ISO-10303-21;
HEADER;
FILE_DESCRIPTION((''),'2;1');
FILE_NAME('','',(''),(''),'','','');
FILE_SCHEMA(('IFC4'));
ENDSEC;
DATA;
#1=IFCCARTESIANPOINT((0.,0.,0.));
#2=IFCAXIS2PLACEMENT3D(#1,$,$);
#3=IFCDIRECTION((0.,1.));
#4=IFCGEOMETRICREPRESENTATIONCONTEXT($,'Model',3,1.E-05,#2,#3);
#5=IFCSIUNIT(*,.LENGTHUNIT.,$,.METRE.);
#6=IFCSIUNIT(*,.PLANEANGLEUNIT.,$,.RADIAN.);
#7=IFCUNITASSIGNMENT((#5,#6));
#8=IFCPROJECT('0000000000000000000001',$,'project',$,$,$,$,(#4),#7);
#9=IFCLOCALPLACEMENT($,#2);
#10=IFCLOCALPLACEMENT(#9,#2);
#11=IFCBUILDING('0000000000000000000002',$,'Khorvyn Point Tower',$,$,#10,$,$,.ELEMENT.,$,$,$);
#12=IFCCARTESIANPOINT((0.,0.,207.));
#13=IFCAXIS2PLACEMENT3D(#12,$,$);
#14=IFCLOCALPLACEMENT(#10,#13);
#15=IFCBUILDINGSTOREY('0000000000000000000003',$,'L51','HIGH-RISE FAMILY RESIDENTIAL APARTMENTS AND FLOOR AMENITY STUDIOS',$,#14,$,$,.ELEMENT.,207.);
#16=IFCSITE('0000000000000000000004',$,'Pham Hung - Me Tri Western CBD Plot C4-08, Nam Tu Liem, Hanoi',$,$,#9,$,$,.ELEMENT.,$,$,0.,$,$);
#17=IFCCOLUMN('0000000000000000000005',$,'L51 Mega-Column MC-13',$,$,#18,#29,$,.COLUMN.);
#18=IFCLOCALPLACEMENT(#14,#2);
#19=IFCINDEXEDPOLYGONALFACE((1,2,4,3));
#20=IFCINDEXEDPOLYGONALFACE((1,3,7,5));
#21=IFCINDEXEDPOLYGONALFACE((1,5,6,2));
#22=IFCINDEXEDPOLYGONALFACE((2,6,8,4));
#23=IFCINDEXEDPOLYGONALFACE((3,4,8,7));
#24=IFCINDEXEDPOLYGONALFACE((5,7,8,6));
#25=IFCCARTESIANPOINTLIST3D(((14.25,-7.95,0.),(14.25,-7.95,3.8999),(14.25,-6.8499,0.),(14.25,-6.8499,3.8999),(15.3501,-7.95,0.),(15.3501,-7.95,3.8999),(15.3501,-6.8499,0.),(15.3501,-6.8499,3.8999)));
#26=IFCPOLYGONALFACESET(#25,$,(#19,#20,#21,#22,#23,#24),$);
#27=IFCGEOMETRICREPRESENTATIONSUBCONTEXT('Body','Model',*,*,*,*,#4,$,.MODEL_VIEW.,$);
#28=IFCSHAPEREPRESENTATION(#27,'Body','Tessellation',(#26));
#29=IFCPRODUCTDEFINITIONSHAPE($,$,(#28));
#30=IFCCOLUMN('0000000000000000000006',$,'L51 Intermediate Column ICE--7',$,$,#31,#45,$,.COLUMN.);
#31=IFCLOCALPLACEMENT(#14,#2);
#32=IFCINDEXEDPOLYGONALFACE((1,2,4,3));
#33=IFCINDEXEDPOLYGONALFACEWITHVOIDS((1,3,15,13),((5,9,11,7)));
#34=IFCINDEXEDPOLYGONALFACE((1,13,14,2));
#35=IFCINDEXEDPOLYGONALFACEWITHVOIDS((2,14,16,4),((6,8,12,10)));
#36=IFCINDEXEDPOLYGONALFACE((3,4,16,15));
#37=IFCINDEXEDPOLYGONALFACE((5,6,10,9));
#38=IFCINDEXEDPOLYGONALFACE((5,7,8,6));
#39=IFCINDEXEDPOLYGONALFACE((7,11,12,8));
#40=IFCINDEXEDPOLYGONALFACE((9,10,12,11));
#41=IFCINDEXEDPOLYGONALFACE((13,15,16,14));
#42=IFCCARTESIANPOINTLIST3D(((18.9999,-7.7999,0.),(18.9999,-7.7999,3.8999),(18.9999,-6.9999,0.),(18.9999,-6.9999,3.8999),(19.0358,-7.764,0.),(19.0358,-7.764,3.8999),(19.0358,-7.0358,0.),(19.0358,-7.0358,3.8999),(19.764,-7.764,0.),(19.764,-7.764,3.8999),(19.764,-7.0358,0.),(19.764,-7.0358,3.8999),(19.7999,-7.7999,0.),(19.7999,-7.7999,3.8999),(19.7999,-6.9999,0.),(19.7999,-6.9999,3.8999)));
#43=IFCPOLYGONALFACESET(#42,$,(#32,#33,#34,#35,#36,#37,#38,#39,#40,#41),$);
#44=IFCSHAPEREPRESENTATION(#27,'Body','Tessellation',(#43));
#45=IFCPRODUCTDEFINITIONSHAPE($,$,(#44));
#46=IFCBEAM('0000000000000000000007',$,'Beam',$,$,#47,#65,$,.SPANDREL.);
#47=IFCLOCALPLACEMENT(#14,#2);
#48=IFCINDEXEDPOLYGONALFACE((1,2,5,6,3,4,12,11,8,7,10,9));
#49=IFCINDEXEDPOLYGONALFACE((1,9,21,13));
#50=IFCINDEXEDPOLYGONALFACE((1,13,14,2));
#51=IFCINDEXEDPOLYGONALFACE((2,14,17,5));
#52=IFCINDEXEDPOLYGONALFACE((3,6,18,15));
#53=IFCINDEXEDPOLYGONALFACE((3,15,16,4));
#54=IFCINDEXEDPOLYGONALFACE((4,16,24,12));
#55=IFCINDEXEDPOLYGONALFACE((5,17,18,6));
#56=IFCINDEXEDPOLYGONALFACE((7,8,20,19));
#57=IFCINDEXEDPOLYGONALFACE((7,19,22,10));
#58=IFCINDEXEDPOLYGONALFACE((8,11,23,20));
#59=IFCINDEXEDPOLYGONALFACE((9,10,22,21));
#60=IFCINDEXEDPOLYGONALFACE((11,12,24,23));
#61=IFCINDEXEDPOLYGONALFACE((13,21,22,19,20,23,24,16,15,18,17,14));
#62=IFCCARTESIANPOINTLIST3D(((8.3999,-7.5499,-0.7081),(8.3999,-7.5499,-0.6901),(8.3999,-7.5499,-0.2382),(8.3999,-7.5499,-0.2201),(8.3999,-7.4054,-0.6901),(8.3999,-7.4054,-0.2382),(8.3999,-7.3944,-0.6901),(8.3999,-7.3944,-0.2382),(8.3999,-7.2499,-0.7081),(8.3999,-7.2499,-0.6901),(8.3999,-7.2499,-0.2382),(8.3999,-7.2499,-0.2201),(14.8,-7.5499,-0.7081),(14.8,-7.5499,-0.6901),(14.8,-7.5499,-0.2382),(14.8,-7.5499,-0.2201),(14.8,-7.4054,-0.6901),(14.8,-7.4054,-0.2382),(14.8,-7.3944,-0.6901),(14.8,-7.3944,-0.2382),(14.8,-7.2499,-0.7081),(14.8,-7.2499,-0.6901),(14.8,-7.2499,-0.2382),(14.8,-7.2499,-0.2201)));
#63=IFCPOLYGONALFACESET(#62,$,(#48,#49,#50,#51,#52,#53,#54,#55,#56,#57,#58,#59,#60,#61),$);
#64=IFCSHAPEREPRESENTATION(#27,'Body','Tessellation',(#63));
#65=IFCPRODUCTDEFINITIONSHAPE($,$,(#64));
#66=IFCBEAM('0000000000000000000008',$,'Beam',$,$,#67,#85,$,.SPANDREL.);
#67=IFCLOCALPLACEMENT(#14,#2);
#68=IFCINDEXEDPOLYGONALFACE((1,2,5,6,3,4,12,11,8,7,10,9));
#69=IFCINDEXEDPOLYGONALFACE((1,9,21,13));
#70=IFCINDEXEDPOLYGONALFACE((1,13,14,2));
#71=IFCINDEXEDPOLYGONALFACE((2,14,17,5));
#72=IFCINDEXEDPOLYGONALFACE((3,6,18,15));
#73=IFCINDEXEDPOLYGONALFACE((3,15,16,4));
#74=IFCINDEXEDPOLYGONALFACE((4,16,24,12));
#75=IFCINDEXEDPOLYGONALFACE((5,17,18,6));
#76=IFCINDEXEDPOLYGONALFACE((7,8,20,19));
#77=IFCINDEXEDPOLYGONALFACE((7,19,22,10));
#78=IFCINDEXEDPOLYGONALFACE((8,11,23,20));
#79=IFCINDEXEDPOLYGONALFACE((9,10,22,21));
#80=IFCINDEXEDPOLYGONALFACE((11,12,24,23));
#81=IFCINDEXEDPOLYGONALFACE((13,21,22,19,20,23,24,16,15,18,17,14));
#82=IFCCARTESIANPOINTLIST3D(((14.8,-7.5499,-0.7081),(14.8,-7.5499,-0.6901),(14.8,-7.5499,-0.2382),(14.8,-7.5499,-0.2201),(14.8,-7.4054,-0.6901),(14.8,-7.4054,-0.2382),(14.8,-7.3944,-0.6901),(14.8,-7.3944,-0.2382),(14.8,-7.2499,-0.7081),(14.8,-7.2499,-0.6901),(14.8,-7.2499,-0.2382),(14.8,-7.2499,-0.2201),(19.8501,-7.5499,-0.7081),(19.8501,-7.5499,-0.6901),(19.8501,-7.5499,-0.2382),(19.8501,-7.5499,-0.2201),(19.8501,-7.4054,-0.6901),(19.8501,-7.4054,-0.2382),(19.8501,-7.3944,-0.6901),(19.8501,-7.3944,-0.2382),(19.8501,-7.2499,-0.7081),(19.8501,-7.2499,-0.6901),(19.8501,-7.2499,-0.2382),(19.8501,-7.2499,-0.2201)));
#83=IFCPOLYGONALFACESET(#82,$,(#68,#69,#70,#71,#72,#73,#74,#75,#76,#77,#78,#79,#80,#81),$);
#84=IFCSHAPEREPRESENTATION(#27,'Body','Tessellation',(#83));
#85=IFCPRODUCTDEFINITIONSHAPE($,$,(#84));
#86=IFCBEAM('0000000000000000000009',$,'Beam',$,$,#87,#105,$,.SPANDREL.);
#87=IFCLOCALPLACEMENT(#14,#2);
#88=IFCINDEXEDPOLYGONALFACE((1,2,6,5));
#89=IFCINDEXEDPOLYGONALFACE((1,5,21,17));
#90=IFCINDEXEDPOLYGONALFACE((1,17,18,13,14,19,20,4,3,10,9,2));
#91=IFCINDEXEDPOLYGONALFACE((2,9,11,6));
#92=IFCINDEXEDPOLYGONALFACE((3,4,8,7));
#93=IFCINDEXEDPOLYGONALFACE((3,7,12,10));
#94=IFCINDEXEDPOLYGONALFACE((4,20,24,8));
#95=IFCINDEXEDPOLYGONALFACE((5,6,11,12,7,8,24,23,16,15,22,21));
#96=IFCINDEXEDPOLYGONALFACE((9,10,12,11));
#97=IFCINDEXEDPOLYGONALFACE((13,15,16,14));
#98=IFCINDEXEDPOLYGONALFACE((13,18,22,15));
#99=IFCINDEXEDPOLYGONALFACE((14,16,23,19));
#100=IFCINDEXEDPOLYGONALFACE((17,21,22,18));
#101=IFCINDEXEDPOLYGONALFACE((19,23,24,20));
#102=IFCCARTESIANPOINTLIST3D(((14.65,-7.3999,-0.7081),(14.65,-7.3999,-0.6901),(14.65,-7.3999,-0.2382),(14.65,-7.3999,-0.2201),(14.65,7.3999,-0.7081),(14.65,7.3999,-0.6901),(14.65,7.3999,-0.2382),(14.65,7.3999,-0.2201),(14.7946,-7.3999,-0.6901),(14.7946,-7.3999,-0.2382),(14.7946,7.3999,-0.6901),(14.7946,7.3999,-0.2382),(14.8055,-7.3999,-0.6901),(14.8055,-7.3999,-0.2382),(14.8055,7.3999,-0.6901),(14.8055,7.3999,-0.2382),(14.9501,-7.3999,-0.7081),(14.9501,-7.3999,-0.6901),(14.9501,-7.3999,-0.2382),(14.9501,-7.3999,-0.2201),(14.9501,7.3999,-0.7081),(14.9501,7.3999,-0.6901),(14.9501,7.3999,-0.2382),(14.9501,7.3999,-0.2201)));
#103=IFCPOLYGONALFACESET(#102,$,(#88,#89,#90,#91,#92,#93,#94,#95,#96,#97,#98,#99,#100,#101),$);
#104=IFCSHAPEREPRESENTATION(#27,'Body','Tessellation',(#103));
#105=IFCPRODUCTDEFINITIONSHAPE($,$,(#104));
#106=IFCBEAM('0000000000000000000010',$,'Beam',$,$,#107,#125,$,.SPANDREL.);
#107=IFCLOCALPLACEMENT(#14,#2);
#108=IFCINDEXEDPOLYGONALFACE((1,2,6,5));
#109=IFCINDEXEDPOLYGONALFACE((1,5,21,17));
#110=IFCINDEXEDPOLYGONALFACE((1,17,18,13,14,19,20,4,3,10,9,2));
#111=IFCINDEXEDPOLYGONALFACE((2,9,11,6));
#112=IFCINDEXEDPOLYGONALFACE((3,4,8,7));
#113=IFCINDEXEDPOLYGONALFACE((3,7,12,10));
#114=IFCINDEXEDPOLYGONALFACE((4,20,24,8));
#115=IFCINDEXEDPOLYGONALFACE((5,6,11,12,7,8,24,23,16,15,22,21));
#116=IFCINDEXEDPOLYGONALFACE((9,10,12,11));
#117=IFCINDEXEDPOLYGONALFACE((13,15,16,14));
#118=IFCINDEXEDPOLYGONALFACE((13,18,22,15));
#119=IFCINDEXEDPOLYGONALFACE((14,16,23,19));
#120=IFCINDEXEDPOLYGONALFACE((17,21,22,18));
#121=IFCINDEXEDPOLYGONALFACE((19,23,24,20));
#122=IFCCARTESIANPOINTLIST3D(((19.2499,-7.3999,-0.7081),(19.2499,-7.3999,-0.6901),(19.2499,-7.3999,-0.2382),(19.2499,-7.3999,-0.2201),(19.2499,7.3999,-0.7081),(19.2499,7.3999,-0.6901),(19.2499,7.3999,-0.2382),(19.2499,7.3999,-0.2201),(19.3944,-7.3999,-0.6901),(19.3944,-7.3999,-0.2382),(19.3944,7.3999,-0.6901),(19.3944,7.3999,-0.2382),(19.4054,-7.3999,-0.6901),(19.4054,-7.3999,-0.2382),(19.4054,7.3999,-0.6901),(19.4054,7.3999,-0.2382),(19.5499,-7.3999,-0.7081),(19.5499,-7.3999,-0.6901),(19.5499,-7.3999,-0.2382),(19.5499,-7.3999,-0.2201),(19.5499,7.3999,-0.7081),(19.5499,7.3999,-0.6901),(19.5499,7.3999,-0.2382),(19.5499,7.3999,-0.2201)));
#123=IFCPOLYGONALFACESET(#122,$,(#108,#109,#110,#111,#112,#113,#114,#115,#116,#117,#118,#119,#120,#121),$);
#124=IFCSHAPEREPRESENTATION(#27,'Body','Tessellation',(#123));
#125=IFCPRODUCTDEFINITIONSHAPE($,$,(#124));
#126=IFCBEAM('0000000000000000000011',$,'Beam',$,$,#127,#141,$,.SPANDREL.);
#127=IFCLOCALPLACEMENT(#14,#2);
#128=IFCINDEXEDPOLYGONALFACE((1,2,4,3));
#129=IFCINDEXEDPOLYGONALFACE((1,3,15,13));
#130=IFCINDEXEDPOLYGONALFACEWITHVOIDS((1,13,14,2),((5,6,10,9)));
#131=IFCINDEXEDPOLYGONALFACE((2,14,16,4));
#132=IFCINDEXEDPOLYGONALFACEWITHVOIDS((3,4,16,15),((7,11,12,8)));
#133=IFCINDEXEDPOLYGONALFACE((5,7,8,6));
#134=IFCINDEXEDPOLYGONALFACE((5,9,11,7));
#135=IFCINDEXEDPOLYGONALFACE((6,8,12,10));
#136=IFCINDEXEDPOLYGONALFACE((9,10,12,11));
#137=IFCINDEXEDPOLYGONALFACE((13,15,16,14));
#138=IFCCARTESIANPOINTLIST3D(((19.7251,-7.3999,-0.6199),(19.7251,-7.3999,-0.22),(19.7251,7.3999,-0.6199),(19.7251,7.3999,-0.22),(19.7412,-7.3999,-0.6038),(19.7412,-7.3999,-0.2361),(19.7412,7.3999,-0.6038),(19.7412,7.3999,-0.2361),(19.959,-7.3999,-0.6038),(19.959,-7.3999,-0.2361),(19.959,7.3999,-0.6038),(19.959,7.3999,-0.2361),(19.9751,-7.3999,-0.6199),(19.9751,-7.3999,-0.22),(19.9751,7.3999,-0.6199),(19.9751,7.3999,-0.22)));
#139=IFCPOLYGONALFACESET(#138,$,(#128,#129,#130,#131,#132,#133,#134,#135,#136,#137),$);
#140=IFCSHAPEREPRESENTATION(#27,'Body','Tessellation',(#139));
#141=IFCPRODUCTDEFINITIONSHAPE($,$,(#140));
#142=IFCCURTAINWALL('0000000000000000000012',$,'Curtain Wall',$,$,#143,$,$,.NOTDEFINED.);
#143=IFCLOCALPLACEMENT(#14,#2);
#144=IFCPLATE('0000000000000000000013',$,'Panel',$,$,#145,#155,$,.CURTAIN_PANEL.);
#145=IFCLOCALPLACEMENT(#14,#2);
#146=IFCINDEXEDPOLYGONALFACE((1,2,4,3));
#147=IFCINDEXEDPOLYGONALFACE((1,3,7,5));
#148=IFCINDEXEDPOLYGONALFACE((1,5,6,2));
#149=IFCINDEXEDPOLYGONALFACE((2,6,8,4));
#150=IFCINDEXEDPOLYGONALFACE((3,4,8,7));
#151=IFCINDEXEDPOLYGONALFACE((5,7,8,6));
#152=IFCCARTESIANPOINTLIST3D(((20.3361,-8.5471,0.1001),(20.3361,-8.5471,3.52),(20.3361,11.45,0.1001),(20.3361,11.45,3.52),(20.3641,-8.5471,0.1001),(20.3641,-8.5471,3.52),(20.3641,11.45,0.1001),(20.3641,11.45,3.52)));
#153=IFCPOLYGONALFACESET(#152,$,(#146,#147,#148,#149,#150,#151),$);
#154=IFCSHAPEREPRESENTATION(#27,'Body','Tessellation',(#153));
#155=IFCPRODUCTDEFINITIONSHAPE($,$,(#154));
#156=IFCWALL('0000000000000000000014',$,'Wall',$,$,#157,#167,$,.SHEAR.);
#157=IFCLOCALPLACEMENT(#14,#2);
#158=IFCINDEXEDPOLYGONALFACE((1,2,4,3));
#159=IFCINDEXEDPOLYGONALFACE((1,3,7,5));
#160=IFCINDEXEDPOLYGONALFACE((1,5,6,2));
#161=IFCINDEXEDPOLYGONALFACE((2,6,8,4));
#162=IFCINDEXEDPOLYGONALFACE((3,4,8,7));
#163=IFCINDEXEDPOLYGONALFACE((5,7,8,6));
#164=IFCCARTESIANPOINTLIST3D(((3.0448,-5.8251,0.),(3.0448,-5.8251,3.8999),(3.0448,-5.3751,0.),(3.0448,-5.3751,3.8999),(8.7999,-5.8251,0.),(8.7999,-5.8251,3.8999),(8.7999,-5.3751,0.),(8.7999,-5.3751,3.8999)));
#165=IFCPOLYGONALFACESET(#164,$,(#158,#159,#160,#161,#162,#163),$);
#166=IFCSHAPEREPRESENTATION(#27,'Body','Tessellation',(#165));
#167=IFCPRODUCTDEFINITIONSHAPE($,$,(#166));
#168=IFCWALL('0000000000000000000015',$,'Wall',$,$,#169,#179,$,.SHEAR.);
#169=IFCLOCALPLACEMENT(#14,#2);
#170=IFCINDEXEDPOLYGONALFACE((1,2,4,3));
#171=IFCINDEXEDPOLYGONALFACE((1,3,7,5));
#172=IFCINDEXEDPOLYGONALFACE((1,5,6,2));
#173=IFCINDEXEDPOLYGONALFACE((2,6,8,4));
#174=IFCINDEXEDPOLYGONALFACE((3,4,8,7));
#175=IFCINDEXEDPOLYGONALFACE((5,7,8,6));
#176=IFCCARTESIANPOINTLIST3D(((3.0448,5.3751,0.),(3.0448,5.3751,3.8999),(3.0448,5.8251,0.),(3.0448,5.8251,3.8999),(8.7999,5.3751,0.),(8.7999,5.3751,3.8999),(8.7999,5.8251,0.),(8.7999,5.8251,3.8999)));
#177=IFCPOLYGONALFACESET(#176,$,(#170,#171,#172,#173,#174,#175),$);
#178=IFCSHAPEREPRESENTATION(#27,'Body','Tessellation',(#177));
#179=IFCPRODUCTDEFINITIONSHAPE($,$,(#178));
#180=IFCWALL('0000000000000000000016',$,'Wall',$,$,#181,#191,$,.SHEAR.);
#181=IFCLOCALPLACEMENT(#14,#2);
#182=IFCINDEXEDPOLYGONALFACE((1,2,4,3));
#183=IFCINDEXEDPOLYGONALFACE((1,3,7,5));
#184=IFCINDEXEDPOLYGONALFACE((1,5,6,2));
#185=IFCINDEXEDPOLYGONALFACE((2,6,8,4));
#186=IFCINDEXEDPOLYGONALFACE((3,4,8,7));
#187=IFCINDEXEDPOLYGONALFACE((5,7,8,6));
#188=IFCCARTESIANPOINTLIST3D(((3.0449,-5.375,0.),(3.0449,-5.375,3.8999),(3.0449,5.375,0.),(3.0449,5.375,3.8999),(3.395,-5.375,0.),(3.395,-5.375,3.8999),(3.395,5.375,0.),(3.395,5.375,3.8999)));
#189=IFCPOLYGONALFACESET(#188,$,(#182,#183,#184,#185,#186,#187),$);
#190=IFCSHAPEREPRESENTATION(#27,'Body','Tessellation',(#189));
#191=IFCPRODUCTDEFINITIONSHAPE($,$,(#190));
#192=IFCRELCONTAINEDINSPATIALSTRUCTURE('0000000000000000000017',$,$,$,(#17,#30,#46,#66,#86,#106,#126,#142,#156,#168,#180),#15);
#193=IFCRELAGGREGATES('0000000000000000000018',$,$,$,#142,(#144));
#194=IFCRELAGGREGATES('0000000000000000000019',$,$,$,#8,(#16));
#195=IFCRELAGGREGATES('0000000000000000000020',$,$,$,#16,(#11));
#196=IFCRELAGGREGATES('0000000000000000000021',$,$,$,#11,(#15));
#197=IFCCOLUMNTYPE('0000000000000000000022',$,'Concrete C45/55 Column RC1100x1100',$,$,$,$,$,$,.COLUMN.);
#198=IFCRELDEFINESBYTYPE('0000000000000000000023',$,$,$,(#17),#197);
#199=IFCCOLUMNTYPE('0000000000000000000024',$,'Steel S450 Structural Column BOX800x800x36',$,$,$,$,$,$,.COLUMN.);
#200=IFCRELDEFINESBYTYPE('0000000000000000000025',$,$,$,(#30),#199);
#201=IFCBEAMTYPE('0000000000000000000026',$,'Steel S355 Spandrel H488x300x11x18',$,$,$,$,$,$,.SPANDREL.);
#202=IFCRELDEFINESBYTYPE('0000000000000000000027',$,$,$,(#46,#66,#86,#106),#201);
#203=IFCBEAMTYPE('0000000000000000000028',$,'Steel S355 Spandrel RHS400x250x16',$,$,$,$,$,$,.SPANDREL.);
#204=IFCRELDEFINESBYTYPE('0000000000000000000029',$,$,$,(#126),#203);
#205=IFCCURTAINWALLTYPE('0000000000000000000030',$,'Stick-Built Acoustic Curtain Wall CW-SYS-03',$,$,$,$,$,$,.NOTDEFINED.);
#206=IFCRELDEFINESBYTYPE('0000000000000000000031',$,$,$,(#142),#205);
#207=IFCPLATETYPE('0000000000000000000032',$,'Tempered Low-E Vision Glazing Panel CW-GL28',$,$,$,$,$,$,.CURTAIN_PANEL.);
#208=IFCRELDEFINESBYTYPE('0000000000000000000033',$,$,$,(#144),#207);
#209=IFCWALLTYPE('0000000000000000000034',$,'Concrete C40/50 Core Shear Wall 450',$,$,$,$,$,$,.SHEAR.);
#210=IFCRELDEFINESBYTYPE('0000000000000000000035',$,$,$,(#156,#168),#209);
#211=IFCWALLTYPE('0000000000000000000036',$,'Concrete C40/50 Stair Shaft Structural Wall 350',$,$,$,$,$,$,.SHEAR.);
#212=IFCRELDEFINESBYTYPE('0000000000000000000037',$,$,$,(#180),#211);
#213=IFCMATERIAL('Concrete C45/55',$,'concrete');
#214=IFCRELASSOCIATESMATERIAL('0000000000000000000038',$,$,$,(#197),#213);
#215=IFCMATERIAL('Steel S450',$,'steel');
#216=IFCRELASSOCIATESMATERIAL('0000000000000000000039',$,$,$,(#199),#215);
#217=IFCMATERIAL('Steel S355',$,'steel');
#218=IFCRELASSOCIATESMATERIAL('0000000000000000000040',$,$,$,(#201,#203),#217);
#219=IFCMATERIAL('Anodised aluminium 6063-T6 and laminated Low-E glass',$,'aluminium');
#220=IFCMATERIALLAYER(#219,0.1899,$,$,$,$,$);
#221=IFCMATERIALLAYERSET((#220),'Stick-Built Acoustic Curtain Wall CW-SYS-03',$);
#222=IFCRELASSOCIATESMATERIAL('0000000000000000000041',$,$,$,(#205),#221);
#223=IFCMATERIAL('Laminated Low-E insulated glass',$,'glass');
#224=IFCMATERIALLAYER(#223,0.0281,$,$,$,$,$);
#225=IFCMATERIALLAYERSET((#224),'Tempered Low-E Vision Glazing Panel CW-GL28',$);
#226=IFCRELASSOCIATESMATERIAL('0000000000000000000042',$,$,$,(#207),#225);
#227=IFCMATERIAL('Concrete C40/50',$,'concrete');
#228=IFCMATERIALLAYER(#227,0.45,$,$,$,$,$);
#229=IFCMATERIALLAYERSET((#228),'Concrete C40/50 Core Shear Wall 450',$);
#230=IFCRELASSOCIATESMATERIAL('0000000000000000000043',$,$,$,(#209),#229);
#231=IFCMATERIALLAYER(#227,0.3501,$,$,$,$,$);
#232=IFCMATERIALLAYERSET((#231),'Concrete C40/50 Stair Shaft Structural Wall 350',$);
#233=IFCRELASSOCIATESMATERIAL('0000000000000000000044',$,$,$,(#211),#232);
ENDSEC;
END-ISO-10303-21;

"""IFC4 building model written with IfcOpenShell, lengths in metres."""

from ifc_helpers import new_model, si_unit, direction, frame, frame_2d, origin, origin_2d, place, context, subcontext, project, spatial, rectangle, hollow_rectangle, i_section, extrude, material, layer, layer_set, material_profile, profile_set, type_object, element, aggregate, save


model = new_model("IFC4")

# Units and contexts
model_context = context("Model", 3, precision=1e-05, world=origin(), true_north=direction((0.0, 1.0)))
body_context = subcontext(model_context, "Body", "Model", "MODEL_VIEW")
ifc_project = project(units=[si_unit("LENGTHUNIT", "METRE"), si_unit("PLANEANGLEUNIT", "RADIAN")], contexts=[model_context])

# Site, building, storey
site_placement = place(None, origin())
site = spatial("IfcSite", under=ifc_project, at=site_placement, Name="Pham Hung - Me Tri Western CBD Plot C4-08, Nam Tu Liem, Hanoi", CompositionType="ELEMENT", RefElevation=0.0)
building_placement = place(site_placement, origin())
building = spatial("IfcBuilding", under=site, at=building_placement, Name="Khorvyn Point Tower", CompositionType="ELEMENT")
storey_placement = place(building_placement, frame((0.0, 0.0, 207.0)))
storey = spatial("IfcBuildingStorey", under=building, at=storey_placement, Name="L51", Description="HIGH-RISE FAMILY RESIDENTIAL APARTMENTS AND FLOOR AMENITY STUDIOS", CompositionType="ELEMENT", Elevation=207.0)

# Columns
ifc_material_1 = material(Name="Concrete C45/55", Category="concrete")
ifc_material_profile_1 = material_profile(ifc_material_1, rectangle(XDim=1.1001, YDim=1.1001, at=origin_2d()))
ifc_profile_set_1 = profile_set([ifc_material_profile_1], Name="Concrete C45/55 RC1100x1100")
column_type_1 = type_object("IfcColumnType", Name="Concrete C45/55 Column RC1100x1100", PredefinedType="COLUMN", material=ifc_profile_set_1)
column_1_placement = place(storey_placement, frame((14.8, -7.3999, 0.0), z_axis=(0.0, 0.0, 1.0), x_axis=(1.0, 0.0, 0.0)))
element("IfcColumn", 1, at=column_1_placement, inside=storey, type_object=column_type_1, Name="L51 Mega-Column MC-13", PredefinedType="COLUMN", context=body_context, shape_type="SweptSolid", body=[
    extrude(rectangle(XDim=1.1001, YDim=1.1001, at=origin_2d()), origin(), (0.0, 0.0, 1.0), 3.8999),
])
ifc_material_2 = material(Name="Steel S450", Category="steel")
ifc_material_profile_2 = material_profile(ifc_material_2, hollow_rectangle(XDim=0.8, YDim=0.8, WallThickness=0.0359, at=origin_2d()))
ifc_profile_set_2 = profile_set([ifc_material_profile_2], Name="Steel S450 BOX800x800x36")
column_type_2 = type_object("IfcColumnType", Name="Steel S450 Structural Column BOX800x800x36", PredefinedType="COLUMN", material=ifc_profile_set_2)
column_2_placement = place(storey_placement, frame((19.3999, -7.3999, 0.0), z_axis=(0.0, 0.0, 1.0), x_axis=(1.0, 0.0, 0.0)))
element("IfcColumn", 2, at=column_2_placement, inside=storey, type_object=column_type_2, Name="L51 Intermediate Column ICE--7", PredefinedType="COLUMN", context=body_context, shape_type="SweptSolid", body=[
    extrude(hollow_rectangle(XDim=0.8, YDim=0.8, WallThickness=0.0359, at=origin_2d()), origin(), (0.0, 0.0, 1.0), 3.8999),
])

# Beams
ifc_material_3 = material(Name="Steel S355", Category="steel")
ifc_material_profile_3 = material_profile(ifc_material_3, i_section(OverallWidth=0.3, OverallDepth=0.488, WebThickness=0.011, FlangeThickness=0.0181, at=origin_2d()))
ifc_profile_set_3 = profile_set([ifc_material_profile_3], Name="Steel S355 H488x300x11x18")
beam_type_1 = type_object("IfcBeamType", Name="Steel S355 Spandrel H488x300x11x18", PredefinedType="SPANDREL", material=ifc_profile_set_3)
beam_1_placement = place(storey_placement, frame((8.3999, -7.3999, -0.4641), z_axis=(1.0, 0.0, 0.0), x_axis=(0.0, 1.0, 0.0)))
element("IfcBeam", 3, at=beam_1_placement, inside=storey, type_object=beam_type_1, Name="Beam", PredefinedType="SPANDREL", context=body_context, shape_type="SweptSolid", body=[
    extrude(i_section(OverallWidth=0.3, OverallDepth=0.488, WebThickness=0.011, FlangeThickness=0.0181, at=origin_2d()), origin(), (0.0, 0.0, 1.0), 6.4001),
])
beam_2_placement = place(storey_placement, frame((14.8, -7.3999, -0.4641), z_axis=(1.0, 0.0, 0.0), x_axis=(0.0, 1.0, 0.0)))
element("IfcBeam", 4, at=beam_2_placement, inside=storey, type_object=beam_type_1, Name="Beam", PredefinedType="SPANDREL", context=body_context, shape_type="SweptSolid", body=[
    extrude(i_section(OverallWidth=0.3, OverallDepth=0.488, WebThickness=0.011, FlangeThickness=0.0181, at=origin_2d()), origin(), (0.0, 0.0, 1.0), 5.05),
])
for number, where, z_axis, x_axis, name in (
    (5, (14.8, -7.3999, -0.4641), (0.0, 1.0, 0.0), (-1.0, 0.0, 0.0), "Beam"),
    (6, (19.3999, -7.3999, -0.4641), (0.0, 1.0, 0.0), (-1.0, 0.0, 0.0), "Beam"),
):
    element("IfcBeam", number, at=place(storey_placement, frame(where, z_axis=z_axis, x_axis=x_axis)), inside=storey, type_object=beam_type_1, Name=name, PredefinedType="SPANDREL", context=body_context, shape_type="SweptSolid", body=[
        extrude(i_section(OverallWidth=0.3, OverallDepth=0.488, WebThickness=0.011, FlangeThickness=0.0181, at=origin_2d()), origin(), (0.0, 0.0, 1.0), 14.7998),
    ])
ifc_material_profile_4 = material_profile(ifc_material_3, hollow_rectangle(XDim=0.25, YDim=0.3999, WallThickness=0.0161, at=origin_2d()))
ifc_profile_set_4 = profile_set([ifc_material_profile_4], Name="Steel S355 RHS400x250x16")
beam_type_2 = type_object("IfcBeamType", Name="Steel S355 Spandrel RHS400x250x16", PredefinedType="SPANDREL", material=ifc_profile_set_4)
beam_3_placement = place(storey_placement, frame((19.8501, -7.3999, -0.4199), z_axis=(0.0, 1.0, 0.0), x_axis=(-1.0, 0.0, 0.0)))
element("IfcBeam", 7, at=beam_3_placement, inside=storey, type_object=beam_type_2, Name="Beam", PredefinedType="SPANDREL", context=body_context, shape_type="SweptSolid", body=[
    extrude(hollow_rectangle(XDim=0.25, YDim=0.3999, WallThickness=0.0161, at=origin_2d()), origin(), (0.0, 0.0, 1.0), 14.7998),
])

# Curtain wall, plate
ifc_material_4 = material(Name="Anodised aluminium 6063-T6 and laminated Low-E glass", Category="aluminium")
ifc_layer_1 = layer(ifc_material_4, 0.1899)
ifc_layer_set_1 = layer_set([ifc_layer_1], Name="Stick-Built Acoustic Curtain Wall CW-SYS-03")
curtain_wall_type = type_object("IfcCurtainWallType", Name="Stick-Built Acoustic Curtain Wall CW-SYS-03", PredefinedType="NOTDEFINED", material=ifc_layer_set_1)
curtain_wall_placement = place(storey_placement, origin())
curtain_wall = element("IfcCurtainWall", 8, at=curtain_wall_placement, inside=storey, type_object=curtain_wall_type, Name="Curtain Wall", PredefinedType="NOTDEFINED")
ifc_material_5 = material(Name="Laminated Low-E insulated glass", Category="glass")
ifc_layer_2 = layer(ifc_material_5, 0.0281)
ifc_layer_set_2 = layer_set([ifc_layer_2], Name="Tempered Low-E Vision Glazing Panel CW-GL28")
plate_type = type_object("IfcPlateType", Name="Tempered Low-E Vision Glazing Panel CW-GL28", PredefinedType="CURTAIN_PANEL", material=ifc_layer_set_2)
plate_placement = place(storey_placement, frame((20.3501, 1.4514, 0.1001), z_axis=(0.0, 0.0, 1.0), x_axis=(0.0, -1.0, 0.0)))
plate = element("IfcPlate", 9, at=plate_placement, type_object=plate_type, Name="Panel", PredefinedType="CURTAIN_PANEL", context=body_context, shape_type="SweptSolid", body=[
    extrude(rectangle(XDim=19.9971, YDim=0.0281, at=origin_2d()), origin(), (0.0, 0.0, 1.0), 3.4199),
])
aggregate(curtain_wall, [plate])

# Walls
ifc_material_6 = material(Name="Concrete C40/50", Category="concrete")
ifc_layer_3 = layer(ifc_material_6, 0.45)
ifc_layer_set_3 = layer_set([ifc_layer_3], Name="Concrete C40/50 Core Shear Wall 450")
wall_type_1 = type_object("IfcWallType", Name="Concrete C40/50 Core Shear Wall 450", PredefinedType="SHEAR", material=ifc_layer_set_3)
for number, where, z_axis, x_axis, name in (
    (10, (3.0449, -5.6001, 0.0), (0.0, 0.0, 1.0), (1.0, 0.0, 0.0), "Wall"),
    (11, (3.0449, 5.6001, 0.0), (0.0, 0.0, 1.0), (1.0, 0.0, 0.0), "Wall"),
):
    element("IfcWall", number, at=place(storey_placement, frame(where, z_axis=z_axis, x_axis=x_axis)), inside=storey, type_object=wall_type_1, Name=name, PredefinedType="SHEAR", context=body_context, shape_type="SweptSolid", body=[
        extrude(rectangle(XDim=5.7551, YDim=0.45, at=frame_2d((2.8774, 0.0))), origin(), (0.0, 0.0, 1.0), 3.8999),
    ])
ifc_layer_4 = layer(ifc_material_6, 0.3501)
ifc_layer_set_4 = layer_set([ifc_layer_4], Name="Concrete C40/50 Stair Shaft Structural Wall 350")
wall_type_2 = type_object("IfcWallType", Name="Concrete C40/50 Stair Shaft Structural Wall 350", PredefinedType="SHEAR", material=ifc_layer_set_4)
wall_1_placement = place(storey_placement, frame((3.22, -5.375, 0.0), z_axis=(0.0, 0.0, 1.0), x_axis=(0.0, 1.0, 0.0)))
element("IfcWall", 12, at=wall_1_placement, inside=storey, type_object=wall_type_2, Name="Wall", PredefinedType="SHEAR", context=body_context, shape_type="SweptSolid", body=[
    extrude(rectangle(XDim=10.75, YDim=0.3501, at=frame_2d((5.375, 0.0))), origin(), (0.0, 0.0, 1.0), 3.8999),
])

save(model, "model.ifc")
